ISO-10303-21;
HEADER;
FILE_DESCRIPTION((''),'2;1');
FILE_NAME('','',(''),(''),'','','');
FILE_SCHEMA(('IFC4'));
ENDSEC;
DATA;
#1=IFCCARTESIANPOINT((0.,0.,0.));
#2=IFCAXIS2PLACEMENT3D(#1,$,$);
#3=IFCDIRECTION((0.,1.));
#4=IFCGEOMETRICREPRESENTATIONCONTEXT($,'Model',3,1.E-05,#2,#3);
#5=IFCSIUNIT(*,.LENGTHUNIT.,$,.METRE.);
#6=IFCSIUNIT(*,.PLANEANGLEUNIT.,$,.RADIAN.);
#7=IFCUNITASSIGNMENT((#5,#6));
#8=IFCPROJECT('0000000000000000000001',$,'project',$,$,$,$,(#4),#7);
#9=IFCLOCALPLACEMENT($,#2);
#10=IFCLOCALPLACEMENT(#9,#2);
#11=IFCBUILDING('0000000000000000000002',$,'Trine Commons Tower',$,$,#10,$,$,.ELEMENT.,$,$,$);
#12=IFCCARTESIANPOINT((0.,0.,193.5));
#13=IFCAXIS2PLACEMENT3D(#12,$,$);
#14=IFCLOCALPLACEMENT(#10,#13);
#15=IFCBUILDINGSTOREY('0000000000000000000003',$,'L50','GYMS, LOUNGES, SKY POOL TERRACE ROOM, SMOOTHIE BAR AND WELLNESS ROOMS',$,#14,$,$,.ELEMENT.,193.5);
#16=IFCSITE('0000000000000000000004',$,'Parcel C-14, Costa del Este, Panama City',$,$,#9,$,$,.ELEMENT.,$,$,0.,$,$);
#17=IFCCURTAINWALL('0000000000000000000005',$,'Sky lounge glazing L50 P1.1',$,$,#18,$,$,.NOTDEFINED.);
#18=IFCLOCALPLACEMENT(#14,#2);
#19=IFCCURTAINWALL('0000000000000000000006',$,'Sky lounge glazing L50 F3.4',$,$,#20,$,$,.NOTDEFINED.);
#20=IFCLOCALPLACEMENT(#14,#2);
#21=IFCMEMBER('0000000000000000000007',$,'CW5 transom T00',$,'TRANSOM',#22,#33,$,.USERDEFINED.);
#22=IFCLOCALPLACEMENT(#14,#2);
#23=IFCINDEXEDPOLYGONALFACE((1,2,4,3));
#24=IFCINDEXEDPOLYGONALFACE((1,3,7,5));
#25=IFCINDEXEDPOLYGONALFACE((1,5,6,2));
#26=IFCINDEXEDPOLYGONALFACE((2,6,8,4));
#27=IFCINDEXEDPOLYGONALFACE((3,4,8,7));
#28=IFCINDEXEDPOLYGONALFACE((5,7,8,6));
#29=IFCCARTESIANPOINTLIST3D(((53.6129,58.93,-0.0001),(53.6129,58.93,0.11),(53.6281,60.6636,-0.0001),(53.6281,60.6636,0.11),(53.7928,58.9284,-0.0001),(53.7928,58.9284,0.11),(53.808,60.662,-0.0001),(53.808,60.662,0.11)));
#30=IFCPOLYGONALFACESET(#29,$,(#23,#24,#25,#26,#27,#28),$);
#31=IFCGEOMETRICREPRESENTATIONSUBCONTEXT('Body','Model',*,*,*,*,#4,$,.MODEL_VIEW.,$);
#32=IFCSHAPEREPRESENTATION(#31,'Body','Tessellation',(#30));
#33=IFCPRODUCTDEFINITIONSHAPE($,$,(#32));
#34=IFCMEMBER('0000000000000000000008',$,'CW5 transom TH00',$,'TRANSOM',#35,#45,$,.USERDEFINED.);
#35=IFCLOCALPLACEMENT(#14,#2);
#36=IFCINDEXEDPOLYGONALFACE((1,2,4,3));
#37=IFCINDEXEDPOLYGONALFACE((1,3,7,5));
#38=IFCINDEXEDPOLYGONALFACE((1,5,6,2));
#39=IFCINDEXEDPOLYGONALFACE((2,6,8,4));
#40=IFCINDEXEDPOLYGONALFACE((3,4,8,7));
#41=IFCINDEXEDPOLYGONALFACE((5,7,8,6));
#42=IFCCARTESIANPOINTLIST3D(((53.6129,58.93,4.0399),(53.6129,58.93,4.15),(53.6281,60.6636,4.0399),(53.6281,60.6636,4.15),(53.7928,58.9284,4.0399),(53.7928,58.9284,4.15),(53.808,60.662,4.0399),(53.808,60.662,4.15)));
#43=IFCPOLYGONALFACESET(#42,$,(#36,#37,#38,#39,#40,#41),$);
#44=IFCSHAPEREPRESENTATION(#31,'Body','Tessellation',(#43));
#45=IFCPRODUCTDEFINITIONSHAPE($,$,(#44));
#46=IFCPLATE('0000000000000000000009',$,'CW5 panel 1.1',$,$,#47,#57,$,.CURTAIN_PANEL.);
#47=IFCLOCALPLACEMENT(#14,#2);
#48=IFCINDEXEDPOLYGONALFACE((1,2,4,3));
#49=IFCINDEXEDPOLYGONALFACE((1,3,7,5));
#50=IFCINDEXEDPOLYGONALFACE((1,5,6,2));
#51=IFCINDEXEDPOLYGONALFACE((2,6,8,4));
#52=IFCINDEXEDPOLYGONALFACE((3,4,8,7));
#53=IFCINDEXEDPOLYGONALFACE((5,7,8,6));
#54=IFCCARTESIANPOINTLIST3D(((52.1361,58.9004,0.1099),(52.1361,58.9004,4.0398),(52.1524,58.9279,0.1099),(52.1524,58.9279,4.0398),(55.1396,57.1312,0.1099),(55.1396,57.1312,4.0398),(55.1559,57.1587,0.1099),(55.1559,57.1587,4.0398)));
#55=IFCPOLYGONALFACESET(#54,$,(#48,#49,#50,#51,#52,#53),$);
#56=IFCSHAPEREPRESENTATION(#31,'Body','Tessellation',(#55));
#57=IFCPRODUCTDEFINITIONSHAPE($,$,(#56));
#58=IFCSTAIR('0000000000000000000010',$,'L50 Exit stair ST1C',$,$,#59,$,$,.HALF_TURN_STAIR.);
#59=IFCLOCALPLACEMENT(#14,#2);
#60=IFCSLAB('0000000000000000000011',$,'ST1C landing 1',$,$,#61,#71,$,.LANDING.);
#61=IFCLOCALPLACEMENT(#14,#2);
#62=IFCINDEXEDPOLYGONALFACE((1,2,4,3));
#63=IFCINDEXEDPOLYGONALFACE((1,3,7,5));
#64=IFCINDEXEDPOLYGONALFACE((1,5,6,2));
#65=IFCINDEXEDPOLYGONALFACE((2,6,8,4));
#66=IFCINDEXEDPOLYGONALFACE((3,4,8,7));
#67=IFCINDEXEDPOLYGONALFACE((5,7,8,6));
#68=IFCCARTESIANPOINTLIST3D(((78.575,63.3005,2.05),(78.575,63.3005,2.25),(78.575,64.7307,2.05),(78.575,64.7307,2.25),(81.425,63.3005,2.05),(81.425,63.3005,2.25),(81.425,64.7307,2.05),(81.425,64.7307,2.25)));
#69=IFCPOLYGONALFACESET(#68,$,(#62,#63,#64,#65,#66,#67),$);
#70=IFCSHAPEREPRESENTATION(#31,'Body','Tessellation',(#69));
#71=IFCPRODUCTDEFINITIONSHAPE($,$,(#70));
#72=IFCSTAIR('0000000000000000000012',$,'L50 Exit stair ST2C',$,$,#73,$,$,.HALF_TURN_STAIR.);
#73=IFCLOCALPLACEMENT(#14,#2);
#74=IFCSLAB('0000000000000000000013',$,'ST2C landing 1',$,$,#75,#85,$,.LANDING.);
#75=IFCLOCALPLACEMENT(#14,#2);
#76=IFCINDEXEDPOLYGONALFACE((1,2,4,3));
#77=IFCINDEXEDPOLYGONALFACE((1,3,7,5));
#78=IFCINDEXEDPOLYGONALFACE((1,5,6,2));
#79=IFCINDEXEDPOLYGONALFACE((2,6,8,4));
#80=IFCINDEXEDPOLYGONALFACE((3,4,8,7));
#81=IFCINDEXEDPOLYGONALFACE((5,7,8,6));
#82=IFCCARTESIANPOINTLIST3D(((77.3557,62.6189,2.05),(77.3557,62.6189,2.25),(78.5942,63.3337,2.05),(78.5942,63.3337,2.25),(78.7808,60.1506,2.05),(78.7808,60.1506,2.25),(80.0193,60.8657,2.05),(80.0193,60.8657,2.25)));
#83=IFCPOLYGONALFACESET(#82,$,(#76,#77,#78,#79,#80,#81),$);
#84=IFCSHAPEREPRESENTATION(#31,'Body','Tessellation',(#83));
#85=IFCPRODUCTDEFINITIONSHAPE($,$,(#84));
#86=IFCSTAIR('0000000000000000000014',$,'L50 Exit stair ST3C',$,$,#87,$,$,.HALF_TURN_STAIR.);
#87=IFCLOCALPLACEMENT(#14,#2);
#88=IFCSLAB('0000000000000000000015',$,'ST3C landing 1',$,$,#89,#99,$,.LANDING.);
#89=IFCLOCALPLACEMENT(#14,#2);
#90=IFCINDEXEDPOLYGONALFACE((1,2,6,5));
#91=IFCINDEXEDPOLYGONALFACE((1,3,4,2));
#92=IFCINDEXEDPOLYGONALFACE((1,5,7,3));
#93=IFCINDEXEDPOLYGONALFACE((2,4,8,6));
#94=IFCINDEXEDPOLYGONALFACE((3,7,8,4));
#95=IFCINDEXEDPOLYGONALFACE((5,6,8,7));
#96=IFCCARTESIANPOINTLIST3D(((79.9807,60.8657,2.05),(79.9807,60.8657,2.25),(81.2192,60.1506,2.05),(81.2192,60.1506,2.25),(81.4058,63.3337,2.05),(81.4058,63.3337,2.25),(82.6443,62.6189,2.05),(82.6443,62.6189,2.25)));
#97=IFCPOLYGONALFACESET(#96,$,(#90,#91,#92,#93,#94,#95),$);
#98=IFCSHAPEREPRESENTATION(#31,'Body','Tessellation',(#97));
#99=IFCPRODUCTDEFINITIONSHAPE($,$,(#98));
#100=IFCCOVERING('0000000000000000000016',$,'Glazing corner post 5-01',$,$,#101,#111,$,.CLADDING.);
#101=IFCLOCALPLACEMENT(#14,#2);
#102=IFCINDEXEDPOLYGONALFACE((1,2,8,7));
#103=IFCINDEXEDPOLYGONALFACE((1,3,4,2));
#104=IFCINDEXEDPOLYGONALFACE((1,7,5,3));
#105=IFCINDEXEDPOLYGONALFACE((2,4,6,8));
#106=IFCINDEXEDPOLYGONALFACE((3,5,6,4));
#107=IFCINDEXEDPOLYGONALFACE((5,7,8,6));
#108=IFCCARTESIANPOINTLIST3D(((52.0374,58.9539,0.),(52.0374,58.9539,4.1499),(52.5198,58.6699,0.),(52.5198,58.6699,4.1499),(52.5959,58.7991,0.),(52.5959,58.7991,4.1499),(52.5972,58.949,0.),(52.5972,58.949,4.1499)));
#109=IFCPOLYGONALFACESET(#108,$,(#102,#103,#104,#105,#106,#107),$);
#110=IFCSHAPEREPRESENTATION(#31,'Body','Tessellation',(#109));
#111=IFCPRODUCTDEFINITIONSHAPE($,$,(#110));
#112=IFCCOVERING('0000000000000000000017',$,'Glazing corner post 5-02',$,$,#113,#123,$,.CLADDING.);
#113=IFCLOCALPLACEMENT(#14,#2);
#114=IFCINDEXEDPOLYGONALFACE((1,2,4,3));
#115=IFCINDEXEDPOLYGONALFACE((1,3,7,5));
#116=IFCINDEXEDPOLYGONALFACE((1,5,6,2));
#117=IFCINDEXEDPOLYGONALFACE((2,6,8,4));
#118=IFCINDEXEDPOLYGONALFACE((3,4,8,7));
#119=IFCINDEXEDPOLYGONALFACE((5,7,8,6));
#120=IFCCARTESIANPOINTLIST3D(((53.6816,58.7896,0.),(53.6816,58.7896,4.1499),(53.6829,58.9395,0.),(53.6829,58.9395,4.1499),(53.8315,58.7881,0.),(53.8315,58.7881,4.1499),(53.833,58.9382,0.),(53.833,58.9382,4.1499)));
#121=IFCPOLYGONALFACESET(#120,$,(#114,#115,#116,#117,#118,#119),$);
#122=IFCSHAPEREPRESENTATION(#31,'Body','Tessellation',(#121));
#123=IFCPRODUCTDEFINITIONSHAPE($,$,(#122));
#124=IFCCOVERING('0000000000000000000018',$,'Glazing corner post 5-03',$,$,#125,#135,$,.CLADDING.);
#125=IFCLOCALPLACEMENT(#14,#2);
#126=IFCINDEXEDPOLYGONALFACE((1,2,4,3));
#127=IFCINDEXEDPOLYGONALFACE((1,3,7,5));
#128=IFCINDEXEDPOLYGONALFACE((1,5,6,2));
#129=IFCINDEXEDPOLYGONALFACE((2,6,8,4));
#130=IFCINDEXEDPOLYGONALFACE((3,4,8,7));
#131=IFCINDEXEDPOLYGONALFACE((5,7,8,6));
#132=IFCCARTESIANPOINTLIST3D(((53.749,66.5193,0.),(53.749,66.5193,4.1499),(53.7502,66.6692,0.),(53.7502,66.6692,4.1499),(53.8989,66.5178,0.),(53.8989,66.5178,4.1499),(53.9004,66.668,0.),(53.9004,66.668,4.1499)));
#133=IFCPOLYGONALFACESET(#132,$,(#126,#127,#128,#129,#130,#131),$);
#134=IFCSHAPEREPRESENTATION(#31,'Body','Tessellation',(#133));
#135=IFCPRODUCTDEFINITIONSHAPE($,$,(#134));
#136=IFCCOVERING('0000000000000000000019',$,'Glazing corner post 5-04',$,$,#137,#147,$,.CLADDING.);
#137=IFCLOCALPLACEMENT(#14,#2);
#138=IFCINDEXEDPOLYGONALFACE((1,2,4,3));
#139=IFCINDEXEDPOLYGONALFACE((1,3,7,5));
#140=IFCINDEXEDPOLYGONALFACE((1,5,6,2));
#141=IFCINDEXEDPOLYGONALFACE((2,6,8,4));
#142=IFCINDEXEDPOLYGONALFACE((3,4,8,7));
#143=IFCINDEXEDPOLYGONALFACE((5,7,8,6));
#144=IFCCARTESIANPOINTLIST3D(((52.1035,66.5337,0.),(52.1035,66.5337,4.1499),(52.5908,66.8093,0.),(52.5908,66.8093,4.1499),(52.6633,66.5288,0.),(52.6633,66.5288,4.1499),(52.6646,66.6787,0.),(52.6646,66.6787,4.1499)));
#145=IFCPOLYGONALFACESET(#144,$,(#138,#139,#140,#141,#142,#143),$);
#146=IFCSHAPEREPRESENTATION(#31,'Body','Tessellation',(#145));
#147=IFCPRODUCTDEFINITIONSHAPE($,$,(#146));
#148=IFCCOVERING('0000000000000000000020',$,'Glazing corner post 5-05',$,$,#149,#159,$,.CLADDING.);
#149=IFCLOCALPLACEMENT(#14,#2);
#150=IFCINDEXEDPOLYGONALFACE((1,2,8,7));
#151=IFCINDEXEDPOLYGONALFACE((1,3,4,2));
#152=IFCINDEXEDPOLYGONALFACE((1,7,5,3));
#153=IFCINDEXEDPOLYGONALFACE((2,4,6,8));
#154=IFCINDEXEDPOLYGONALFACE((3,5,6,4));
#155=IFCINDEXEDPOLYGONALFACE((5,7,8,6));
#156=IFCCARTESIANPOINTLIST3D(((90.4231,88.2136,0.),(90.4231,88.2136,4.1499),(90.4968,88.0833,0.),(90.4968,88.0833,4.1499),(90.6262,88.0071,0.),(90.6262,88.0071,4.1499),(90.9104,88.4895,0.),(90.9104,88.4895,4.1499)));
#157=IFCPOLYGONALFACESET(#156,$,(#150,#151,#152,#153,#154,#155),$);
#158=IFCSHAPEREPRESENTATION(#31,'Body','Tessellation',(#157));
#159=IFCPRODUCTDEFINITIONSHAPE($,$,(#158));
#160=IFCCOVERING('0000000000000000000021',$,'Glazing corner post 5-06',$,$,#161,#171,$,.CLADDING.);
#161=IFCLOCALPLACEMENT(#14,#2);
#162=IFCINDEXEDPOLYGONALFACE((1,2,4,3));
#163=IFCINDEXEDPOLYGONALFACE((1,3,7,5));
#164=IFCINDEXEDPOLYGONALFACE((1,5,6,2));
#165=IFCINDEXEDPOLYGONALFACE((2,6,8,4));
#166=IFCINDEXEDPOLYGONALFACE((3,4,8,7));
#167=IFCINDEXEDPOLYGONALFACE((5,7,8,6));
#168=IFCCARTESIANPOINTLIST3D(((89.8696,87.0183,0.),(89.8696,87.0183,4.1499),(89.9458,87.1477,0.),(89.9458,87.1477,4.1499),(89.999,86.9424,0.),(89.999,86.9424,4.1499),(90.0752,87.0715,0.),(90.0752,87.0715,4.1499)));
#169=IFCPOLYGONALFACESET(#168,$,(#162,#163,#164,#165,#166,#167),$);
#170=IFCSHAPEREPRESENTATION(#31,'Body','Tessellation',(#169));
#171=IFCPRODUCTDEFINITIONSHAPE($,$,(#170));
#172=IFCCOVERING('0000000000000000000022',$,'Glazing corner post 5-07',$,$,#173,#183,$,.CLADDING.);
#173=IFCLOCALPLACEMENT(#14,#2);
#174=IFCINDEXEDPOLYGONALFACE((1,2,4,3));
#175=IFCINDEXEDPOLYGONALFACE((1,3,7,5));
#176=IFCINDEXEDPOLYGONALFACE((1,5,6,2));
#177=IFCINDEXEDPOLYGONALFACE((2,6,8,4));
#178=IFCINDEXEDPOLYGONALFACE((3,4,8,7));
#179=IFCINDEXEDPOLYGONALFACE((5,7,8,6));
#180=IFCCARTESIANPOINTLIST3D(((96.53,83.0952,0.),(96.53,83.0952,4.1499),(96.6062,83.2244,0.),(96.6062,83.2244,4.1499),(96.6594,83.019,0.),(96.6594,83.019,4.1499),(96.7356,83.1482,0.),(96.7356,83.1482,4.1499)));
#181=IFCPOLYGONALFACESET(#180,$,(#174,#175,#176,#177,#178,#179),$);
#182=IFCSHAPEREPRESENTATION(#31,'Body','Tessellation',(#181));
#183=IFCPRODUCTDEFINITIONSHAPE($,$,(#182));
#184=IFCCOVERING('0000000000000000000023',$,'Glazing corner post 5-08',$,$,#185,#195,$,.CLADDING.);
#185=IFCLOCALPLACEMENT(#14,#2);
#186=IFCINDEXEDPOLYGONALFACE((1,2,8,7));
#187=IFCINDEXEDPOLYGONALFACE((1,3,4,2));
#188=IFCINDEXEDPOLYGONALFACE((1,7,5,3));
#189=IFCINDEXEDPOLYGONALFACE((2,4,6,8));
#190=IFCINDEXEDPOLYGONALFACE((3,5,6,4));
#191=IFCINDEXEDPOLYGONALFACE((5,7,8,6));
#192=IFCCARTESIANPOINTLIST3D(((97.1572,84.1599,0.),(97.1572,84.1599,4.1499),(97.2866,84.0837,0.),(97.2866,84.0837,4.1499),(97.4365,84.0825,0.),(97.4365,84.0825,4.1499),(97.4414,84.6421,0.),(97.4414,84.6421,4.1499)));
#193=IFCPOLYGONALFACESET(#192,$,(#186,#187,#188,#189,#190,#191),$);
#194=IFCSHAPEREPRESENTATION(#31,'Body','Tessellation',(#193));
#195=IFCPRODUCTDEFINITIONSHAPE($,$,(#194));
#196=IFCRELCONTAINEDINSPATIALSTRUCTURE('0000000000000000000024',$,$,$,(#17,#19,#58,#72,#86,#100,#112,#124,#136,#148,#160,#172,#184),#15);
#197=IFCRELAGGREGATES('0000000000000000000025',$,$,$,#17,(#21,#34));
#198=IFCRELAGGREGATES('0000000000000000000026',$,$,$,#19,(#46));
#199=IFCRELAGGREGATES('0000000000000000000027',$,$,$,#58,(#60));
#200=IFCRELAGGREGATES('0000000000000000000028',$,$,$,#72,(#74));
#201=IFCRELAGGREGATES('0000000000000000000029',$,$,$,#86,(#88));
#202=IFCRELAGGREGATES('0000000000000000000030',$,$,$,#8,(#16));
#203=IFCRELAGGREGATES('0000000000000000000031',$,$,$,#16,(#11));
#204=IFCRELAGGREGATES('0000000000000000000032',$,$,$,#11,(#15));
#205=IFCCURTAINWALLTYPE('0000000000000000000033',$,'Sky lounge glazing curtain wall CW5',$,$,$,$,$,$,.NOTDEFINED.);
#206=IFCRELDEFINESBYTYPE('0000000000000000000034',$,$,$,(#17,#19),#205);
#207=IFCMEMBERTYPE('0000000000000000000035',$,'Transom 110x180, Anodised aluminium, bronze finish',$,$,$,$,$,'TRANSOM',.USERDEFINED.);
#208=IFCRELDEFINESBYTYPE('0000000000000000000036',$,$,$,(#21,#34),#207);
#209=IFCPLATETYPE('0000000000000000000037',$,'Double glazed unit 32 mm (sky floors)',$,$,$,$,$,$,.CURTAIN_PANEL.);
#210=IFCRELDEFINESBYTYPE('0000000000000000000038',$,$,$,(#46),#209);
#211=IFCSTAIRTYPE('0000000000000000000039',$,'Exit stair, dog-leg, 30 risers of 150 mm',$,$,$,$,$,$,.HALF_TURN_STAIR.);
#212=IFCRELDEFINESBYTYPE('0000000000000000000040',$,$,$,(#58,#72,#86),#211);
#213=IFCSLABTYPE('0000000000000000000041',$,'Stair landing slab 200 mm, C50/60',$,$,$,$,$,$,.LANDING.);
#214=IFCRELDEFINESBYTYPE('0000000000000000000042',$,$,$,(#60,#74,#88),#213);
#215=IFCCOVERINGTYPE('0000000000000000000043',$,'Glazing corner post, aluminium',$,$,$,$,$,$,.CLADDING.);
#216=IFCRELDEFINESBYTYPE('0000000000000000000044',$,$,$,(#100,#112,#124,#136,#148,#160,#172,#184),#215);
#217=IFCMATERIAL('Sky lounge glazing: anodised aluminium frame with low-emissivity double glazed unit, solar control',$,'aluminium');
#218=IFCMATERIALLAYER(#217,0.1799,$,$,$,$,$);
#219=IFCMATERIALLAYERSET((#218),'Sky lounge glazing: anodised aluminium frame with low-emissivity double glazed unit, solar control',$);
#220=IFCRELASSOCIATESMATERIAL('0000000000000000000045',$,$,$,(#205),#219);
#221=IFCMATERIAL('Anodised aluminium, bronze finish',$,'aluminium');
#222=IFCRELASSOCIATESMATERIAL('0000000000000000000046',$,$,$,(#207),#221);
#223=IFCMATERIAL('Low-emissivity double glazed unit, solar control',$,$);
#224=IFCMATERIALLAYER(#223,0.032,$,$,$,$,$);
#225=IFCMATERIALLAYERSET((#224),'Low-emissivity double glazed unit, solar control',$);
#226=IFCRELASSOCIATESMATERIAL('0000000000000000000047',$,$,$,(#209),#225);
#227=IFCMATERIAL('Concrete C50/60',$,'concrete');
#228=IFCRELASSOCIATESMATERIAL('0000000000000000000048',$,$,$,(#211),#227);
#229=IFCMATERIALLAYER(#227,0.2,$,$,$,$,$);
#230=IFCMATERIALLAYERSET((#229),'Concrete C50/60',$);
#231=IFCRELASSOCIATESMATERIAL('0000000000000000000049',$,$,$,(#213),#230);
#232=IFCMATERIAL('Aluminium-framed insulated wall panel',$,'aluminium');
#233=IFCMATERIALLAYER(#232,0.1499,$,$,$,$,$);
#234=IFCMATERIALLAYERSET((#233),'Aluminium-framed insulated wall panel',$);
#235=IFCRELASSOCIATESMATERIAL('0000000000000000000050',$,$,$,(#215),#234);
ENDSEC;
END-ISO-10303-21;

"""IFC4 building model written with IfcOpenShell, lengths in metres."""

from ifc_helpers import new_model, si_unit, direction, frame, origin, origin_2d, place, context, subcontext, project, spatial, polyline, rectangle, outline, extrude, material, layer, layer_set, material_profile, profile_set, type_object, element, aggregate, save


model = new_model("IFC4")

# Units and contexts
model_context = context("Model", 3, precision=1e-05, world=origin(), true_north=direction((0.0, 1.0)))
body_context = subcontext(model_context, "Body", "Model", "MODEL_VIEW")
ifc_project = project(units=[si_unit("LENGTHUNIT", "METRE"), si_unit("PLANEANGLEUNIT", "RADIAN")], contexts=[model_context])

# Site, building, storey
site_placement = place(None, origin())
site = spatial("IfcSite", under=ifc_project, at=site_placement, Name="Parcel C-14, Costa del Este, Panama City", CompositionType="ELEMENT", RefElevation=0.0)
building_placement = place(site_placement, origin())
building = spatial("IfcBuilding", under=site, at=building_placement, Name="Trine Commons Tower", CompositionType="ELEMENT")
storey_placement = place(building_placement, frame((0.0, 0.0, 193.5)))
storey = spatial("IfcBuildingStorey", under=building, at=storey_placement, Name="L50", Description="GYMS, LOUNGES, SKY POOL TERRACE ROOM, SMOOTHIE BAR AND WELLNESS ROOMS", CompositionType="ELEMENT", Elevation=193.5)

# Curtain walls
ifc_material_1 = material(Name="Sky lounge glazing: anodised aluminium frame with low-emissivity double glazed unit, solar control", Category="aluminium")
ifc_layer_1 = layer(ifc_material_1, 0.1799)
ifc_layer_set_1 = layer_set([ifc_layer_1], Name="Sky lounge glazing: anodised aluminium frame with low-emissivity double glazed unit, solar control")
curtain_wall_type = type_object("IfcCurtainWallType", Name="Sky lounge glazing curtain wall CW5", PredefinedType="NOTDEFINED", material=ifc_layer_set_1)
curtain_wall_1_placement = place(storey_placement, origin())
curtain_wall_1 = element("IfcCurtainWall", 1, at=curtain_wall_1_placement, inside=storey, type_object=curtain_wall_type, Name="Sky lounge glazing L50 P1.1", PredefinedType="NOTDEFINED")
ifc_material_2 = material(Name="Anodised aluminium, bronze finish", Category="aluminium")
curtain_wall_2_placement = place(storey_placement, origin())
curtain_wall_2 = element("IfcCurtainWall", 2, at=curtain_wall_2_placement, inside=storey, type_object=curtain_wall_type, Name="Sky lounge glazing L50 F3.4", PredefinedType="NOTDEFINED")

# Members
ifc_material_profile_1 = material_profile(ifc_material_2, rectangle(XDim=0.1799, YDim=0.1101, at=origin_2d()), Name="Transom 110x180")
ifc_profile_set_1 = profile_set([ifc_material_profile_1], Name="Anodised aluminium, bronze finish")
member_type_1 = type_object("IfcMemberType", Name="Transom 110x180, Anodised aluminium, bronze finish", ElementType="TRANSOM", PredefinedType="USERDEFINED", material=ifc_profile_set_1)
member_1_placement = place(storey_placement, frame((53.7029, 58.9292, 0.0549), z_axis=(0.008731, 0.999962, 0.0), x_axis=(-0.999962, 0.008731, 0.0)))
member_1 = element("IfcMember", 3, at=member_1_placement, type_object=member_type_1, Name="CW5 transom T00", ObjectType="TRANSOM", PredefinedType="USERDEFINED", context=body_context, shape_type="SweptSolid", body=[
    extrude(rectangle(XDim=0.1799, YDim=0.1101, at=origin_2d()), origin(), (0.0, 0.0, 1.0), 1.7336),
])
member_2_placement = place(storey_placement, frame((53.7029, 58.9292, 4.095), z_axis=(0.008731, 0.999962, 0.0), x_axis=(-0.999962, 0.008731, 0.0)))
member_2 = element("IfcMember", 4, at=member_2_placement, type_object=member_type_1, Name="CW5 transom TH00", ObjectType="TRANSOM", PredefinedType="USERDEFINED", context=body_context, shape_type="SweptSolid", body=[
    extrude(rectangle(XDim=0.1799, YDim=0.1101, at=origin_2d()), origin(), (0.0, 0.0, 1.0), 1.7336),
])
aggregate(curtain_wall_1, [member_1, member_2])

# Plate
ifc_material_3 = material(Name="Low-emissivity double glazed unit, solar control")
ifc_layer_2 = layer(ifc_material_3, 0.032)
ifc_layer_set_2 = layer_set([ifc_layer_2], Name="Low-emissivity double glazed unit, solar control")
plate_type = type_object("IfcPlateType", Name="Double glazed unit 32 mm (sky floors)", PredefinedType="CURTAIN_PANEL", material=ifc_layer_set_2)
plate_placement = place(storey_placement, frame((53.646, 58.0295, 0.1099), z_axis=(0.0, 0.0, 1.0), x_axis=(-0.861629, 0.507538, 0.0)))
plate = element("IfcPlate", 5, at=plate_placement, type_object=plate_type, Name="CW5 panel 1.1", PredefinedType="CURTAIN_PANEL", context=body_context, shape_type="SweptSolid", body=[
    extrude(rectangle(XDim=3.4858, YDim=0.032, at=origin_2d()), origin(), (0.0, 0.0, 1.0), 3.9299),
])
aggregate(curtain_wall_2, [plate])

# Stairs, slabs
ifc_material_4 = material(Name="Concrete C50/60", Category="concrete")
stair_type = type_object("IfcStairType", Name="Exit stair, dog-leg, 30 risers of 150 mm", PredefinedType="HALF_TURN_STAIR", material=ifc_material_4)
stair_1_placement = place(storey_placement, origin())
stair_1 = element("IfcStair", 6, at=stair_1_placement, inside=storey, type_object=stair_type, Name="L50 Exit stair ST1C", PredefinedType="HALF_TURN_STAIR")
ifc_layer_3 = layer(ifc_material_4, 0.2)
ifc_layer_set_3 = layer_set([ifc_layer_3], Name="Concrete C50/60")
slab_type = type_object("IfcSlabType", Name="Stair landing slab 200 mm, C50/60", PredefinedType="LANDING", material=ifc_layer_set_3)
slab_1_placement = place(storey_placement, frame((0.0, 0.0, 2.05)))
slab_1 = element("IfcSlab", 7, at=slab_1_placement, type_object=slab_type, Name="ST1C landing 1", PredefinedType="LANDING", context=body_context, shape_type="SweptSolid", body=[
    extrude(outline(polyline([(78.575, 64.7307), (78.575, 63.3005), (81.425, 63.3005), (81.425, 64.7307), (78.575, 64.7307)])), origin(), (0.0, 0.0, 1.0), 0.2),
])
aggregate(stair_1, [slab_1])
stair_2_placement = place(storey_placement, origin())
stair_2 = element("IfcStair", 8, at=stair_2_placement, inside=storey, type_object=stair_type, Name="L50 Exit stair ST2C", PredefinedType="HALF_TURN_STAIR")
slab_2_placement = place(storey_placement, frame((0.0, 0.0, 2.05)))
slab_2 = element("IfcSlab", 9, at=slab_2_placement, type_object=slab_type, Name="ST2C landing 1", PredefinedType="LANDING", context=body_context, shape_type="SweptSolid", body=[
    extrude(outline(polyline([(78.7808, 60.1506), (80.0193, 60.8657), (78.5942, 63.3337), (77.3557, 62.6189), (78.7808, 60.1506)])), origin(), (0.0, 0.0, 1.0), 0.2),
])
aggregate(stair_2, [slab_2])
stair_3_placement = place(storey_placement, origin())
stair_3 = element("IfcStair", 10, at=stair_3_placement, inside=storey, type_object=stair_type, Name="L50 Exit stair ST3C", PredefinedType="HALF_TURN_STAIR")
slab_3_placement = place(storey_placement, frame((0.0, 0.0, 2.05)))
slab_3 = element("IfcSlab", 11, at=slab_3_placement, type_object=slab_type, Name="ST3C landing 1", PredefinedType="LANDING", context=body_context, shape_type="SweptSolid", body=[
    extrude(outline(polyline([(82.6443, 62.6189), (81.4058, 63.3337), (79.9807, 60.8657), (81.2192, 60.1506), (82.6443, 62.6189)])), origin(), (0.0, 0.0, 1.0), 0.2),
])
aggregate(stair_3, [slab_3])

# Shared definitions
ifc_material_5 = material(Name="Aluminium-framed insulated wall panel", Category="aluminium")

# Coverings
ifc_layer_4 = layer(ifc_material_5, 0.1499)
ifc_layer_set_4 = layer_set([ifc_layer_4], Name="Aluminium-framed insulated wall panel")
covering_type = type_object("IfcCoveringType", Name="Glazing corner post, aluminium", PredefinedType="CLADDING", material=ifc_layer_set_4)
covering_1_placement = place(storey_placement, origin())
element("IfcCovering", 12, at=covering_1_placement, inside=storey, type_object=covering_type, Name="Glazing corner post 5-01", PredefinedType="CLADDING", context=body_context, shape_type="SweptSolid", body=[
    extrude(outline(polyline([(52.5198, 58.6699), (52.5959, 58.7991), (52.5972, 58.949), (52.0374, 58.9539), (52.5198, 58.6699)])), origin(), (0.0, 0.0, 1.0), 4.1499),
])
covering_2_placement = place(storey_placement, origin())
element("IfcCovering", 13, at=covering_2_placement, inside=storey, type_object=covering_type, Name="Glazing corner post 5-02", PredefinedType="CLADDING", context=body_context, shape_type="SweptSolid", body=[
    extrude(outline(polyline([(53.6816, 58.7896), (53.8315, 58.7881), (53.833, 58.9382), (53.6829, 58.9395), (53.6816, 58.7896)])), origin(), (0.0, 0.0, 1.0), 4.1499),
])
covering_3_placement = place(storey_placement, origin())
element("IfcCovering", 14, at=covering_3_placement, inside=storey, type_object=covering_type, Name="Glazing corner post 5-03", PredefinedType="CLADDING", context=body_context, shape_type="SweptSolid", body=[
    extrude(outline(polyline([(53.8989, 66.5178), (53.9004, 66.668), (53.7502, 66.6692), (53.749, 66.5193), (53.8989, 66.5178)])), origin(), (0.0, 0.0, 1.0), 4.1499),
])
covering_4_placement = place(storey_placement, origin())
element("IfcCovering", 15, at=covering_4_placement, inside=storey, type_object=covering_type, Name="Glazing corner post 5-04", PredefinedType="CLADDING", context=body_context, shape_type="SweptSolid", body=[
    extrude(outline(polyline([(52.6633, 66.5288), (52.6646, 66.6787), (52.5908, 66.8093), (52.1035, 66.5337), (52.6633, 66.5288)])), origin(), (0.0, 0.0, 1.0), 4.1499),
])
covering_5_placement = place(storey_placement, origin())
element("IfcCovering", 16, at=covering_5_placement, inside=storey, type_object=covering_type, Name="Glazing corner post 5-05", PredefinedType="CLADDING", context=body_context, shape_type="SweptSolid", body=[
    extrude(outline(polyline([(90.6262, 88.0071), (90.9104, 88.4895), (90.4231, 88.2136), (90.4968, 88.0833), (90.6262, 88.0071)])), origin(), (0.0, 0.0, 1.0), 4.1499),
])
covering_6_placement = place(storey_placement, origin())
element("IfcCovering", 17, at=covering_6_placement, inside=storey, type_object=covering_type, Name="Glazing corner post 5-06", PredefinedType="CLADDING", context=body_context, shape_type="SweptSolid", body=[
    extrude(outline(polyline([(89.999, 86.9424), (90.0752, 87.0715), (89.9458, 87.1477), (89.8696, 87.0183), (89.999, 86.9424)])), origin(), (0.0, 0.0, 1.0), 4.1499),
])
covering_7_placement = place(storey_placement, origin())
element("IfcCovering", 18, at=covering_7_placement, inside=storey, type_object=covering_type, Name="Glazing corner post 5-07", PredefinedType="CLADDING", context=body_context, shape_type="SweptSolid", body=[
    extrude(outline(polyline([(96.53, 83.0952), (96.6594, 83.019), (96.7356, 83.1482), (96.6062, 83.2244), (96.53, 83.0952)])), origin(), (0.0, 0.0, 1.0), 4.1499),
])
covering_8_placement = place(storey_placement, origin())
element("IfcCovering", 19, at=covering_8_placement, inside=storey, type_object=covering_type, Name="Glazing corner post 5-08", PredefinedType="CLADDING", context=body_context, shape_type="SweptSolid", body=[
    extrude(outline(polyline([(97.4365, 84.0825), (97.4414, 84.6421), (97.1572, 84.1599), (97.2866, 84.0837), (97.4365, 84.0825)])), origin(), (0.0, 0.0, 1.0), 4.1499),
])

save(model, "model.ifc")
